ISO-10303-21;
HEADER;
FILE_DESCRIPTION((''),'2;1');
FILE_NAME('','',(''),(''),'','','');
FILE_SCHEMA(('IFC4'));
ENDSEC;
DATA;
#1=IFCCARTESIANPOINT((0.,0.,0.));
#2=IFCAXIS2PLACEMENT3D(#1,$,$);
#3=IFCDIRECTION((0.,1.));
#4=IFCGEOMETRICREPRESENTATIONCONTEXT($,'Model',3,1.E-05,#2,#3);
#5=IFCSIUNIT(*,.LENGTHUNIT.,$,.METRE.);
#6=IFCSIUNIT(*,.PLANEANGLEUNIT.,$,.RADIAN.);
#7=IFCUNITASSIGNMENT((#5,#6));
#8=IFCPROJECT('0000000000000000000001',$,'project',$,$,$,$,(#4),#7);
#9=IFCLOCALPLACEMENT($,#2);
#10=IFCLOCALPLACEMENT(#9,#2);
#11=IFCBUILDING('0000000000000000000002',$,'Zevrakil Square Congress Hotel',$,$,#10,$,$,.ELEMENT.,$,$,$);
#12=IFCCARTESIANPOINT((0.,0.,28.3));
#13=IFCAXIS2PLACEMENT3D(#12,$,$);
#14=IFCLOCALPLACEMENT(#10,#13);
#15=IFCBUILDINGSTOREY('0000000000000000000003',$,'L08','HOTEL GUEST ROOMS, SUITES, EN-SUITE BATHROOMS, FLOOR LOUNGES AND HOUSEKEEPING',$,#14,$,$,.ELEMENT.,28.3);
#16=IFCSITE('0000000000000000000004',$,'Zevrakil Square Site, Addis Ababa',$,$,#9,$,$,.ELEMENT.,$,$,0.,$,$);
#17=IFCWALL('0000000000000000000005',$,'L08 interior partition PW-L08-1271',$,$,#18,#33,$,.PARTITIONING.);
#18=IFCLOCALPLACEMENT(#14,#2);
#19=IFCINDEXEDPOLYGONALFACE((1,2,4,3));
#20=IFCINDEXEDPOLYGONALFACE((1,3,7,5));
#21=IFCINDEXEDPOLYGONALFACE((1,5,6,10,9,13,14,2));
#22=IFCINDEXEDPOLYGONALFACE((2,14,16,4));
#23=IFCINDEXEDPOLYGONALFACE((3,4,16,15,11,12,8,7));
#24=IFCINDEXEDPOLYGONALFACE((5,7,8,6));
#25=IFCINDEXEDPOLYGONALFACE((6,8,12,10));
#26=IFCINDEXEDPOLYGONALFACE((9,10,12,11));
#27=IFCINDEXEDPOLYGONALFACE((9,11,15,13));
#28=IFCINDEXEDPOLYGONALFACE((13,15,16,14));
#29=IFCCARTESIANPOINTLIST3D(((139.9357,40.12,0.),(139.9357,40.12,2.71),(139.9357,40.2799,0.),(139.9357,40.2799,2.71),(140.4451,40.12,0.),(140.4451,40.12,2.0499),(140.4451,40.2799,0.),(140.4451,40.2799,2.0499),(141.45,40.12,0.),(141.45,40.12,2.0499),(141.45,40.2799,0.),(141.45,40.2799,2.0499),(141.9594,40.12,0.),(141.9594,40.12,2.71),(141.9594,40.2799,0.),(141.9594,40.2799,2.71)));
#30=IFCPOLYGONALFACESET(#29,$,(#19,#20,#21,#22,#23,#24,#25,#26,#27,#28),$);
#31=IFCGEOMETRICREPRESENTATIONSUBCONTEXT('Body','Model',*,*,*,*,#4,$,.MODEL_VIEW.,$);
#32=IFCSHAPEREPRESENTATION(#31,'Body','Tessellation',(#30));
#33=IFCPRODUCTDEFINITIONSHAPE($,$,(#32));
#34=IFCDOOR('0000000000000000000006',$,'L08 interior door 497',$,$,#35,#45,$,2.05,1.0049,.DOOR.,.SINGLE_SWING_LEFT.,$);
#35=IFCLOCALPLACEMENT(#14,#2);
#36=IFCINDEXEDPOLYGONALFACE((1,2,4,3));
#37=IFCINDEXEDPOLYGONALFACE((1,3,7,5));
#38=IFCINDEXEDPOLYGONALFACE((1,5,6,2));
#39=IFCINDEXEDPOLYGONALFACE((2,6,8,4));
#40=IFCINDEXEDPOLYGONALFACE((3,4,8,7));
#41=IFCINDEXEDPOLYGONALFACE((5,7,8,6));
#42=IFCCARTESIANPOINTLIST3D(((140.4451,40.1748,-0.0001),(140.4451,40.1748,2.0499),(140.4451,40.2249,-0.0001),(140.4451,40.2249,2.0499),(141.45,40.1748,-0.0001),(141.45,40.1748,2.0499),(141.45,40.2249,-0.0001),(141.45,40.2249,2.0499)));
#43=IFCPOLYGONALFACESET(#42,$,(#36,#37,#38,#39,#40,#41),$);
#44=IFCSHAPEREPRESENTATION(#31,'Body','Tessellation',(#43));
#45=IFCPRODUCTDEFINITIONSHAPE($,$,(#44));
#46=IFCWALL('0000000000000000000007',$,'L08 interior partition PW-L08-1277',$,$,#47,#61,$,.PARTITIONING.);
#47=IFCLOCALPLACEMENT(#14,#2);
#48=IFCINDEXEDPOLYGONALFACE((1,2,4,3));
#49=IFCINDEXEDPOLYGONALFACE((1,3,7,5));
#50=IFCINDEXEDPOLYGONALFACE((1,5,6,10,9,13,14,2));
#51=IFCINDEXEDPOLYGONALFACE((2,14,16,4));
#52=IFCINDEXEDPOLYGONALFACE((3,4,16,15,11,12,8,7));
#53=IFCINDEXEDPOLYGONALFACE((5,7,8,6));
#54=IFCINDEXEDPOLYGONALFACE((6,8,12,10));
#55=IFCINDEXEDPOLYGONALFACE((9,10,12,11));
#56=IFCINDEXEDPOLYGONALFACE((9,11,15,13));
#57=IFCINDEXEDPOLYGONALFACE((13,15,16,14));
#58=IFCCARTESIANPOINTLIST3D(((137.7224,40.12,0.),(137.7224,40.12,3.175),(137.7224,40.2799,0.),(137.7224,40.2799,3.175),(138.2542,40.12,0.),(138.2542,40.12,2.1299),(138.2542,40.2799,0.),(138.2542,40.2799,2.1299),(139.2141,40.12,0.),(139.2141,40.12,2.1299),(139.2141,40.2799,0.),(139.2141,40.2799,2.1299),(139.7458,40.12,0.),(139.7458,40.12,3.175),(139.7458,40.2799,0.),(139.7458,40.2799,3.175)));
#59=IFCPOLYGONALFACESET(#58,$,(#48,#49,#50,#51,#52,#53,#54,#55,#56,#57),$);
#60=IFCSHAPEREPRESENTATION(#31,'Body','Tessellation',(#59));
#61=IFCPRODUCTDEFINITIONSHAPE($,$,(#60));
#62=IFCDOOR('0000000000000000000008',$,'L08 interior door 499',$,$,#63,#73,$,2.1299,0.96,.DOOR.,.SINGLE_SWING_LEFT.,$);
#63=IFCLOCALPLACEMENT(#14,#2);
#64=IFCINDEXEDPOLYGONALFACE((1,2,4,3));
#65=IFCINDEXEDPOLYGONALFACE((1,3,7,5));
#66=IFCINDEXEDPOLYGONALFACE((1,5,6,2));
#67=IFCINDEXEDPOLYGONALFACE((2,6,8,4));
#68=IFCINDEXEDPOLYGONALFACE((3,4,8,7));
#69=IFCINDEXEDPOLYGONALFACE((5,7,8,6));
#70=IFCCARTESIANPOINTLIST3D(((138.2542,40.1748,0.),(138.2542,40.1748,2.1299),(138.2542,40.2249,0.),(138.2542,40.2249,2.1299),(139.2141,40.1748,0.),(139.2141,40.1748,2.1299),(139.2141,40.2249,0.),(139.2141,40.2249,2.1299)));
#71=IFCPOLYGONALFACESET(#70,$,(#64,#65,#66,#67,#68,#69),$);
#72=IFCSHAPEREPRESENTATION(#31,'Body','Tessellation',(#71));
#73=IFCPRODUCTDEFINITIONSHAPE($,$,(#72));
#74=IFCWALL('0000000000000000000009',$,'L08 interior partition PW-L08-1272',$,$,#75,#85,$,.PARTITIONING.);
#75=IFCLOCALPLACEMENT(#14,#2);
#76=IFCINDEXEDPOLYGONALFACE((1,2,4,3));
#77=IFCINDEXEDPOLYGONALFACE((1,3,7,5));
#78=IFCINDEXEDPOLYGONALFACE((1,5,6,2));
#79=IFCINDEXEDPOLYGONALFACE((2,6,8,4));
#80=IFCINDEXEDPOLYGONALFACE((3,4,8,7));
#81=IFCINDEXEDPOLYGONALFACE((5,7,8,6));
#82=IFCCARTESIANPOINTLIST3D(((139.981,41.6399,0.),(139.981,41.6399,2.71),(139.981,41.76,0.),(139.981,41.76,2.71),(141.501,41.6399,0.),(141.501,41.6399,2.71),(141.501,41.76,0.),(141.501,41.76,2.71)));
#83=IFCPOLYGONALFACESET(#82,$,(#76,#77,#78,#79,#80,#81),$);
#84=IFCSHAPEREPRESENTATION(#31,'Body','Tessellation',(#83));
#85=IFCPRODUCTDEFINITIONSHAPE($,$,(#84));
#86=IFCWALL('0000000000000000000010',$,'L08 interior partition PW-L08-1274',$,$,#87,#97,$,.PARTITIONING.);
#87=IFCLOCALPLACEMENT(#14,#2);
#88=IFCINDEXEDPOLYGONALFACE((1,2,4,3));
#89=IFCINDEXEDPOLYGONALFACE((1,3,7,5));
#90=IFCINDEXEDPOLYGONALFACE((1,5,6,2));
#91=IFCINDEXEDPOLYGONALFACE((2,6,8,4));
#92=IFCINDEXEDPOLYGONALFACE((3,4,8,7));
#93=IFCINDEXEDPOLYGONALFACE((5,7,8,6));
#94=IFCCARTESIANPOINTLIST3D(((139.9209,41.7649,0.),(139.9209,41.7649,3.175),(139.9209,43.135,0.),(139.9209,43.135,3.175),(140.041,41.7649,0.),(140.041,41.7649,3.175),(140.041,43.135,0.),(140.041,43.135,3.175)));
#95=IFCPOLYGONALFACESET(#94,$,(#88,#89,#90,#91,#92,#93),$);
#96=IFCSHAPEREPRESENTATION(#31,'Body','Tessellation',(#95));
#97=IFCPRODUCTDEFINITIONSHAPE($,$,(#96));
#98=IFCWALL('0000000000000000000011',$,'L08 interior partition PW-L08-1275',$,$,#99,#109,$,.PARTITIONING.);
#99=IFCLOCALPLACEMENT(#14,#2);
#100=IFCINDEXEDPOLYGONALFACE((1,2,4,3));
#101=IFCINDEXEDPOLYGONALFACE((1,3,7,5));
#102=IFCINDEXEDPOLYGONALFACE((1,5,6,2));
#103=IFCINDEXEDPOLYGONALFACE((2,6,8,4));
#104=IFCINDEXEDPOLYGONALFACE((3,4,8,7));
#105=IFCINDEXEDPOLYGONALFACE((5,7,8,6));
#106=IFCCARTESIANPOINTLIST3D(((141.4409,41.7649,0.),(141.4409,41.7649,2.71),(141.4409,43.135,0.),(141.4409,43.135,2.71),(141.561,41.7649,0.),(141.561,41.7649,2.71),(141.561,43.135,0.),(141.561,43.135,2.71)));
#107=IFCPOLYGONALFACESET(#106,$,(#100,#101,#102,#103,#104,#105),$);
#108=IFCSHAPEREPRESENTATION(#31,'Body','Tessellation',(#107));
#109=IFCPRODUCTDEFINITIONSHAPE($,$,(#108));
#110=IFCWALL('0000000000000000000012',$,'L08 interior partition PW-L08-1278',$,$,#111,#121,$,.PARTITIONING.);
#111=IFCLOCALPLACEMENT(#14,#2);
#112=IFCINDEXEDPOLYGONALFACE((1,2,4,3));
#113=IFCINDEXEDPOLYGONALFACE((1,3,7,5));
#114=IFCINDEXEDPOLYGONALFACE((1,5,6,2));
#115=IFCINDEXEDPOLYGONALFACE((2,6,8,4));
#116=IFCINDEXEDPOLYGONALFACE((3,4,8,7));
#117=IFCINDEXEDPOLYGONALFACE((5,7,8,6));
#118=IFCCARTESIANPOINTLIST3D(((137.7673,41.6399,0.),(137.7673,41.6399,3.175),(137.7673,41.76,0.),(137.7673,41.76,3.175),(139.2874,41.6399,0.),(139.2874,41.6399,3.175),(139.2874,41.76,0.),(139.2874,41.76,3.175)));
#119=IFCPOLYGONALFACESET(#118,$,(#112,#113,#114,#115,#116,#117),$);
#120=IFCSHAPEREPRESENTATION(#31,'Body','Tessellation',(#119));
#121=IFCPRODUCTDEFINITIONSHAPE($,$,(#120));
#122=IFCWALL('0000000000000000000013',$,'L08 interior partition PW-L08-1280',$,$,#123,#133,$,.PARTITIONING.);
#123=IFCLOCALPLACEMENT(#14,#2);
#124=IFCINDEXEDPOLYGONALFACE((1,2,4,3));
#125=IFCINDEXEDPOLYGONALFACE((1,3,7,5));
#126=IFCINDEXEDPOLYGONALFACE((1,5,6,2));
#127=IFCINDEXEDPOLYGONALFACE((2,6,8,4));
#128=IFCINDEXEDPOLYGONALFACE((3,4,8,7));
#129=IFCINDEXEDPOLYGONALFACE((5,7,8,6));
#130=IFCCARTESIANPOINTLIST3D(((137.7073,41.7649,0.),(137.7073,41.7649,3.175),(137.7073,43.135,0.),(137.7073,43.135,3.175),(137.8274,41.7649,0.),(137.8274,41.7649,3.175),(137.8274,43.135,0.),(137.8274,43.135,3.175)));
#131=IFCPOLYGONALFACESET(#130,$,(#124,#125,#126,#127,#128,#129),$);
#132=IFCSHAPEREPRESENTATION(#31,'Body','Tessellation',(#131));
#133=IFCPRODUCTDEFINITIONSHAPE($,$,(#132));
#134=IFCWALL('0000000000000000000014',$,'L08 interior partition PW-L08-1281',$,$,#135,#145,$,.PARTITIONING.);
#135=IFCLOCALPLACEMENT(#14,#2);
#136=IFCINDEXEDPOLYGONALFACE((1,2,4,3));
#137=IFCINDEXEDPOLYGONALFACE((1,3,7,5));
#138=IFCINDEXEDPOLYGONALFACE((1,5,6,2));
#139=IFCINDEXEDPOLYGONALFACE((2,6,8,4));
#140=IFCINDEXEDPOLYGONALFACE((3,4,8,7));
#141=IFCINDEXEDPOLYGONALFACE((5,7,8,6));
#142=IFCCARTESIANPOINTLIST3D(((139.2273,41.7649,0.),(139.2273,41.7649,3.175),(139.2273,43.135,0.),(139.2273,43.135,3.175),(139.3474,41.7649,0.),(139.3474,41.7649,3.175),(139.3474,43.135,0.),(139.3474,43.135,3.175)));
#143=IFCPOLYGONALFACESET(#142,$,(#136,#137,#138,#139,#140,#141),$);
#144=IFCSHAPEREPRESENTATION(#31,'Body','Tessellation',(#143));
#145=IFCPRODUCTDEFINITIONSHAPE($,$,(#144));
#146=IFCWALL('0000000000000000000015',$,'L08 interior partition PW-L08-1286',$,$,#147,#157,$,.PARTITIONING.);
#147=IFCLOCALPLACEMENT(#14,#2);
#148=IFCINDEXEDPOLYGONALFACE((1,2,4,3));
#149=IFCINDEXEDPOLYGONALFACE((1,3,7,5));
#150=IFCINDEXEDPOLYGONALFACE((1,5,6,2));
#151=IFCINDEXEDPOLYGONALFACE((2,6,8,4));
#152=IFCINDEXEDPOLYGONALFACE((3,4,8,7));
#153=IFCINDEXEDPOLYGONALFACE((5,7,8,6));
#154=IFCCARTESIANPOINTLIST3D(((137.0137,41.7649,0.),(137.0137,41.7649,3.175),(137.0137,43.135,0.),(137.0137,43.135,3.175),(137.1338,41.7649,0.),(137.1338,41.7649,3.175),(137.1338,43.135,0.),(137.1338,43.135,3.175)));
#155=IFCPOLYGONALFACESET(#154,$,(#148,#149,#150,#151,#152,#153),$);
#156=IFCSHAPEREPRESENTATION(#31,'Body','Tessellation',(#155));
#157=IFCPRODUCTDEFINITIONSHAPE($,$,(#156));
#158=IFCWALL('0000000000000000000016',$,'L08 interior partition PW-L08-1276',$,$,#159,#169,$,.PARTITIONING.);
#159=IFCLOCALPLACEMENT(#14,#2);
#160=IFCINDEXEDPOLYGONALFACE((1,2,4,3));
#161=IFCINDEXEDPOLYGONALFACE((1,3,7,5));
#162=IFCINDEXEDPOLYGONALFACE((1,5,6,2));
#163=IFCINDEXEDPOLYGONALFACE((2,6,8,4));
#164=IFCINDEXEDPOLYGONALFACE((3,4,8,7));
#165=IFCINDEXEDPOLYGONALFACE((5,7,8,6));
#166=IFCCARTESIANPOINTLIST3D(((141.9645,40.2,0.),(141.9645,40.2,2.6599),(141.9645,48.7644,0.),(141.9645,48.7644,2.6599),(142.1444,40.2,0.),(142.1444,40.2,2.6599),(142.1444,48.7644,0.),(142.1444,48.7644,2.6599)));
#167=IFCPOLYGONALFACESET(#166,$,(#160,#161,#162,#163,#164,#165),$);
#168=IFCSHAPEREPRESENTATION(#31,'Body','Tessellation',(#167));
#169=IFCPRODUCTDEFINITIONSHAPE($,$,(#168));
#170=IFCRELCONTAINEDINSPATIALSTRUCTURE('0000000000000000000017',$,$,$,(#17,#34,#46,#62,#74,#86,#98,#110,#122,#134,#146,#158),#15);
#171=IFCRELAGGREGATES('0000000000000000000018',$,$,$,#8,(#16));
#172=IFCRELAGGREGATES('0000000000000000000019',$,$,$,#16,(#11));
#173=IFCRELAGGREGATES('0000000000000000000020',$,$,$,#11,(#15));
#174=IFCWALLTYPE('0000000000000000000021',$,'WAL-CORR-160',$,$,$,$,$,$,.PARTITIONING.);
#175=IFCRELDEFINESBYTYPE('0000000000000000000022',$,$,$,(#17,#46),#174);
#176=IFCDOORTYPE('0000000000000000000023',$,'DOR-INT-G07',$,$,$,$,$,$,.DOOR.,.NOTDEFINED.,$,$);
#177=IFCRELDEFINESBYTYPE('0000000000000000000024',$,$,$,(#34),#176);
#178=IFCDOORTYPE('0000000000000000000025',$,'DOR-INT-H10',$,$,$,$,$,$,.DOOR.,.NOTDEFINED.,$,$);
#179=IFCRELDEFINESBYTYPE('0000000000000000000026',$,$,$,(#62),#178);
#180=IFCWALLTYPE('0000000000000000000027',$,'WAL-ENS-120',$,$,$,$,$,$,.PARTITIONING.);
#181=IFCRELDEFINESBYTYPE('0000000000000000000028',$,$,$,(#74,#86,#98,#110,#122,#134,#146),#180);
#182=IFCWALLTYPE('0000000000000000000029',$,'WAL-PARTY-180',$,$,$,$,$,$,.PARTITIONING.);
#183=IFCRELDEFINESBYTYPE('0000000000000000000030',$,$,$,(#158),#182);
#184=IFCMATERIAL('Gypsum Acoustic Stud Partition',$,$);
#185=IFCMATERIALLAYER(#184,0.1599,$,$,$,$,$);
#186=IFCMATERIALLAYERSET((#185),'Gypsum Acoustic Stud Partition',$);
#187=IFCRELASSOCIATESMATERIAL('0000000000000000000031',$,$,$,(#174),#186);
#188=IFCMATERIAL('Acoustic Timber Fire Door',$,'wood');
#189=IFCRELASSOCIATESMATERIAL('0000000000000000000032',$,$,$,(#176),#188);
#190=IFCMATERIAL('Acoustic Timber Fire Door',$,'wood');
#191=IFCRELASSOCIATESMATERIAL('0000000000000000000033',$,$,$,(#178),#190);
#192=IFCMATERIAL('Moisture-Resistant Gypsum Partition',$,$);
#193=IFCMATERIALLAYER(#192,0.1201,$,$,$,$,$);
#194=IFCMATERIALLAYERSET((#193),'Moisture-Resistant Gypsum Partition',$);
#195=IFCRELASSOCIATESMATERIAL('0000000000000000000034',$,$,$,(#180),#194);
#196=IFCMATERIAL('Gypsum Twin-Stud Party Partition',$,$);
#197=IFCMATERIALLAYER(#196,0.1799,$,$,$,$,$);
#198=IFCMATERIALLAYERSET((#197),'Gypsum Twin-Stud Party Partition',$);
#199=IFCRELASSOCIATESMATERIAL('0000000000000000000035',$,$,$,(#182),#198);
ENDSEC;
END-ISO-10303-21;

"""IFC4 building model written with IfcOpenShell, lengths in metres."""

from ifc_helpers import new_model, si_unit, direction, frame, frame_2d, origin, place, context, subcontext, project, spatial, rectangle, extrude, material, layer, layer_set, type_object, element, fill, save


model = new_model("IFC4")

# Units and contexts
model_context = context("Model", 3, precision=1e-05, world=origin(), true_north=direction((0.0, 1.0)))
body_context = subcontext(model_context, "Body", "Model", "MODEL_VIEW")
ifc_project = project(units=[si_unit("LENGTHUNIT", "METRE"), si_unit("PLANEANGLEUNIT", "RADIAN")], contexts=[model_context])

# Site, building, storey
site_placement = place(None, origin())
site = spatial("IfcSite", under=ifc_project, at=site_placement, Name="Zevrakil Square Site, Addis Ababa", CompositionType="ELEMENT", RefElevation=0.0)
building_placement = place(site_placement, origin())
building = spatial("IfcBuilding", under=site, at=building_placement, Name="Zevrakil Square Congress Hotel", CompositionType="ELEMENT")
storey_placement = place(building_placement, frame((0.0, 0.0, 28.3)))
storey = spatial("IfcBuildingStorey", under=building, at=storey_placement, Name="L08", Description="HOTEL GUEST ROOMS, SUITES, EN-SUITE BATHROOMS, FLOOR LOUNGES AND HOUSEKEEPING", CompositionType="ELEMENT", Elevation=28.3)

# Walls, openings, doors
ifc_material_1 = material(Name="Gypsum Acoustic Stud Partition")
ifc_layer_1 = layer(ifc_material_1, 0.1599)
ifc_layer_set_1 = layer_set([ifc_layer_1], Name="Gypsum Acoustic Stud Partition")
wall_type_1 = type_object("IfcWallType", Name="WAL-CORR-160", PredefinedType="PARTITIONING", material=ifc_layer_set_1)
wall_1_placement = place(storey_placement, frame((139.9358, 40.2, 0.0), z_axis=(0.0, 0.0, 1.0), x_axis=(1.0, 0.0, 0.0)))
wall_1 = element("IfcWall", 1, at=wall_1_placement, inside=storey, type_object=wall_type_1, Name="L08 interior partition PW-L08-1271", PredefinedType="PARTITIONING", context=body_context, shape_type="SweptSolid", body=[
    extrude(rectangle(XDim=2.0237, YDim=0.1599, at=frame_2d((1.0117, 0.0))), origin(), (0.0, 0.0, 1.0), 2.71),
])
opening_1_placement = place(wall_1_placement, frame((0.5093, 0.0, 0.0)))
opening_1 = element("IfcOpeningElement", 2, at=opening_1_placement, cuts=wall_1, PredefinedType="OPENING", context=body_context, shape_type="SweptSolid", body=[
    extrude(rectangle(XDim=1.0049, YDim=2.05, at=frame_2d((0.5024, 1.0249))), frame((0.0, 0.0898, 0.0), z_axis=(0.0, -1.0, 0.0), x_axis=(1.0, 0.0, 0.0)), (0.0, 0.0, 1.0), 0.1799),
])
ifc_material_2 = material(Name="Acoustic Timber Fire Door", Category="wood")
door_type_1 = type_object("IfcDoorType", Name="DOR-INT-G07", OperationType="NOTDEFINED", PredefinedType="DOOR", material=ifc_material_2)
door_1_placement = place(opening_1_placement, origin())
door_1 = element("IfcDoor", 3, at=door_1_placement, inside=storey, type_object=door_type_1, Name="L08 interior door 497", OperationType="SINGLE_SWING_LEFT", OverallHeight=2.05, OverallWidth=1.0049, PredefinedType="DOOR", context=body_context, shape_type="SweptSolid", body=[
    extrude(rectangle(XDim=1.0049, YDim=2.05, at=frame_2d((0.5024, 1.0249))), frame((0.0, 0.0249, 0.0), z_axis=(0.0, -1.0, 0.0), x_axis=(1.0, 0.0, 0.0)), (0.0, 0.0, 1.0), 0.05),
])
fill(opening_1, door_1)
wall_2_placement = place(storey_placement, frame((137.7224, 40.2, 0.0), z_axis=(0.0, 0.0, 1.0), x_axis=(1.0, 0.0, 0.0)))
wall_2 = element("IfcWall", 4, at=wall_2_placement, inside=storey, type_object=wall_type_1, Name="L08 interior partition PW-L08-1277", PredefinedType="PARTITIONING", context=body_context, shape_type="SweptSolid", body=[
    extrude(rectangle(XDim=2.0234, YDim=0.1599, at=frame_2d((1.0117, 0.0))), origin(), (0.0, 0.0, 1.0), 3.175),
])
opening_2_placement = place(wall_2_placement, frame((0.5317, 0.0, 0.0)))
opening_2 = element("IfcOpeningElement", 5, at=opening_2_placement, cuts=wall_2, PredefinedType="OPENING", context=body_context, shape_type="SweptSolid", body=[
    extrude(rectangle(XDim=0.96, YDim=2.1299, at=frame_2d((0.48, 1.0649))), frame((0.0, 0.0898, 0.0), z_axis=(0.0, -1.0, 0.0), x_axis=(1.0, 0.0, 0.0)), (0.0, 0.0, 1.0), 0.1799),
])
ifc_material_3 = material(Name="Acoustic Timber Fire Door", Category="wood")
door_type_2 = type_object("IfcDoorType", Name="DOR-INT-H10", OperationType="NOTDEFINED", PredefinedType="DOOR", material=ifc_material_3)
door_2_placement = place(opening_2_placement, origin())
door_2 = element("IfcDoor", 6, at=door_2_placement, inside=storey, type_object=door_type_2, Name="L08 interior door 499", OperationType="SINGLE_SWING_LEFT", OverallHeight=2.1299, OverallWidth=0.96, PredefinedType="DOOR", context=body_context, shape_type="SweptSolid", body=[
    extrude(rectangle(XDim=0.96, YDim=2.1299, at=frame_2d((0.48, 1.0649))), frame((0.0, 0.0249, 0.0), z_axis=(0.0, -1.0, 0.0), x_axis=(1.0, 0.0, 0.0)), (0.0, 0.0, 1.0), 0.05),
])
fill(opening_2, door_2)

# Walls
ifc_material_4 = material(Name="Moisture-Resistant Gypsum Partition")
ifc_layer_2 = layer(ifc_material_4, 0.1201)
ifc_layer_set_2 = layer_set([ifc_layer_2], Name="Moisture-Resistant Gypsum Partition")
wall_type_2 = type_object("IfcWallType", Name="WAL-ENS-120", PredefinedType="PARTITIONING", material=ifc_layer_set_2)
wall_3_placement = place(storey_placement, frame((139.981, 41.7, 0.0), z_axis=(0.0, 0.0, 1.0), x_axis=(1.0, 0.0, 0.0)))
element("IfcWall", 7, at=wall_3_placement, inside=storey, type_object=wall_type_2, Name="L08 interior partition PW-L08-1272", PredefinedType="PARTITIONING", context=body_context, shape_type="SweptSolid", body=[
    extrude(rectangle(XDim=1.52, YDim=0.1201, at=frame_2d((0.76, 0.0))), origin(), (0.0, 0.0, 1.0), 2.71),
])
wall_4_placement = place(storey_placement, frame((139.981, 41.7649, 0.0), z_axis=(0.0, 0.0, 1.0), x_axis=(0.0, 1.0, 0.0)))
element("IfcWall", 8, at=wall_4_placement, inside=storey, type_object=wall_type_2, Name="L08 interior partition PW-L08-1274", PredefinedType="PARTITIONING", context=body_context, shape_type="SweptSolid", body=[
    extrude(rectangle(XDim=1.3701, YDim=0.1201, at=frame_2d((0.6851, 0.0))), origin(), (0.0, 0.0, 1.0), 3.175),
])
wall_5_placement = place(storey_placement, frame((141.501, 41.7649, 0.0), z_axis=(0.0, 0.0, 1.0), x_axis=(0.0, 1.0, 0.0)))
element("IfcWall", 9, at=wall_5_placement, inside=storey, type_object=wall_type_2, Name="L08 interior partition PW-L08-1275", PredefinedType="PARTITIONING", context=body_context, shape_type="SweptSolid", body=[
    extrude(rectangle(XDim=1.3701, YDim=0.1201, at=frame_2d((0.6851, 0.0))), origin(), (0.0, 0.0, 1.0), 2.71),
])
wall_6_placement = place(storey_placement, frame((137.7673, 41.7, 0.0), z_axis=(0.0, 0.0, 1.0), x_axis=(1.0, 0.0, 0.0)))
element("IfcWall", 10, at=wall_6_placement, inside=storey, type_object=wall_type_2, Name="L08 interior partition PW-L08-1278", PredefinedType="PARTITIONING", context=body_context, shape_type="SweptSolid", body=[
    extrude(rectangle(XDim=1.52, YDim=0.1201, at=frame_2d((0.76, 0.0))), origin(), (0.0, 0.0, 1.0), 3.175),
])
for number, where, z_axis, x_axis, name in (
    (11, (137.7673, 41.7649, 0.0), (0.0, 0.0, 1.0), (0.0, 1.0, 0.0), "L08 interior partition PW-L08-1280"),
    (12, (139.2874, 41.7649, 0.0), (0.0, 0.0, 1.0), (0.0, 1.0, 0.0), "L08 interior partition PW-L08-1281"),
    (13, (137.0737, 41.7649, 0.0), (0.0, 0.0, 1.0), (0.0, 1.0, 0.0), "L08 interior partition PW-L08-1286"),
):
    element("IfcWall", number, at=place(storey_placement, frame(where, z_axis=z_axis, x_axis=x_axis)), inside=storey, type_object=wall_type_2, Name=name, PredefinedType="PARTITIONING", context=body_context, shape_type="SweptSolid", body=[
        extrude(rectangle(XDim=1.3701, YDim=0.1201, at=frame_2d((0.6851, 0.0))), origin(), (0.0, 0.0, 1.0), 3.175),
    ])
ifc_material_5 = material(Name="Gypsum Twin-Stud Party Partition")
ifc_layer_3 = layer(ifc_material_5, 0.1799)
ifc_layer_set_3 = layer_set([ifc_layer_3], Name="Gypsum Twin-Stud Party Partition")
wall_type_3 = type_object("IfcWallType", Name="WAL-PARTY-180", PredefinedType="PARTITIONING", material=ifc_layer_set_3)
wall_7_placement = place(storey_placement, frame((142.0544, 40.2, 0.0), z_axis=(0.0, 0.0, 1.0), x_axis=(0.0, 1.0, 0.0)))
element("IfcWall", 14, at=wall_7_placement, inside=storey, type_object=wall_type_3, Name="L08 interior partition PW-L08-1276", PredefinedType="PARTITIONING", context=body_context, shape_type="SweptSolid", body=[
    extrude(rectangle(XDim=8.5645, YDim=0.1799, at=frame_2d((4.2822, 0.0))), origin(), (0.0, 0.0, 1.0), 2.6599),
])

save(model, "model.ifc")
